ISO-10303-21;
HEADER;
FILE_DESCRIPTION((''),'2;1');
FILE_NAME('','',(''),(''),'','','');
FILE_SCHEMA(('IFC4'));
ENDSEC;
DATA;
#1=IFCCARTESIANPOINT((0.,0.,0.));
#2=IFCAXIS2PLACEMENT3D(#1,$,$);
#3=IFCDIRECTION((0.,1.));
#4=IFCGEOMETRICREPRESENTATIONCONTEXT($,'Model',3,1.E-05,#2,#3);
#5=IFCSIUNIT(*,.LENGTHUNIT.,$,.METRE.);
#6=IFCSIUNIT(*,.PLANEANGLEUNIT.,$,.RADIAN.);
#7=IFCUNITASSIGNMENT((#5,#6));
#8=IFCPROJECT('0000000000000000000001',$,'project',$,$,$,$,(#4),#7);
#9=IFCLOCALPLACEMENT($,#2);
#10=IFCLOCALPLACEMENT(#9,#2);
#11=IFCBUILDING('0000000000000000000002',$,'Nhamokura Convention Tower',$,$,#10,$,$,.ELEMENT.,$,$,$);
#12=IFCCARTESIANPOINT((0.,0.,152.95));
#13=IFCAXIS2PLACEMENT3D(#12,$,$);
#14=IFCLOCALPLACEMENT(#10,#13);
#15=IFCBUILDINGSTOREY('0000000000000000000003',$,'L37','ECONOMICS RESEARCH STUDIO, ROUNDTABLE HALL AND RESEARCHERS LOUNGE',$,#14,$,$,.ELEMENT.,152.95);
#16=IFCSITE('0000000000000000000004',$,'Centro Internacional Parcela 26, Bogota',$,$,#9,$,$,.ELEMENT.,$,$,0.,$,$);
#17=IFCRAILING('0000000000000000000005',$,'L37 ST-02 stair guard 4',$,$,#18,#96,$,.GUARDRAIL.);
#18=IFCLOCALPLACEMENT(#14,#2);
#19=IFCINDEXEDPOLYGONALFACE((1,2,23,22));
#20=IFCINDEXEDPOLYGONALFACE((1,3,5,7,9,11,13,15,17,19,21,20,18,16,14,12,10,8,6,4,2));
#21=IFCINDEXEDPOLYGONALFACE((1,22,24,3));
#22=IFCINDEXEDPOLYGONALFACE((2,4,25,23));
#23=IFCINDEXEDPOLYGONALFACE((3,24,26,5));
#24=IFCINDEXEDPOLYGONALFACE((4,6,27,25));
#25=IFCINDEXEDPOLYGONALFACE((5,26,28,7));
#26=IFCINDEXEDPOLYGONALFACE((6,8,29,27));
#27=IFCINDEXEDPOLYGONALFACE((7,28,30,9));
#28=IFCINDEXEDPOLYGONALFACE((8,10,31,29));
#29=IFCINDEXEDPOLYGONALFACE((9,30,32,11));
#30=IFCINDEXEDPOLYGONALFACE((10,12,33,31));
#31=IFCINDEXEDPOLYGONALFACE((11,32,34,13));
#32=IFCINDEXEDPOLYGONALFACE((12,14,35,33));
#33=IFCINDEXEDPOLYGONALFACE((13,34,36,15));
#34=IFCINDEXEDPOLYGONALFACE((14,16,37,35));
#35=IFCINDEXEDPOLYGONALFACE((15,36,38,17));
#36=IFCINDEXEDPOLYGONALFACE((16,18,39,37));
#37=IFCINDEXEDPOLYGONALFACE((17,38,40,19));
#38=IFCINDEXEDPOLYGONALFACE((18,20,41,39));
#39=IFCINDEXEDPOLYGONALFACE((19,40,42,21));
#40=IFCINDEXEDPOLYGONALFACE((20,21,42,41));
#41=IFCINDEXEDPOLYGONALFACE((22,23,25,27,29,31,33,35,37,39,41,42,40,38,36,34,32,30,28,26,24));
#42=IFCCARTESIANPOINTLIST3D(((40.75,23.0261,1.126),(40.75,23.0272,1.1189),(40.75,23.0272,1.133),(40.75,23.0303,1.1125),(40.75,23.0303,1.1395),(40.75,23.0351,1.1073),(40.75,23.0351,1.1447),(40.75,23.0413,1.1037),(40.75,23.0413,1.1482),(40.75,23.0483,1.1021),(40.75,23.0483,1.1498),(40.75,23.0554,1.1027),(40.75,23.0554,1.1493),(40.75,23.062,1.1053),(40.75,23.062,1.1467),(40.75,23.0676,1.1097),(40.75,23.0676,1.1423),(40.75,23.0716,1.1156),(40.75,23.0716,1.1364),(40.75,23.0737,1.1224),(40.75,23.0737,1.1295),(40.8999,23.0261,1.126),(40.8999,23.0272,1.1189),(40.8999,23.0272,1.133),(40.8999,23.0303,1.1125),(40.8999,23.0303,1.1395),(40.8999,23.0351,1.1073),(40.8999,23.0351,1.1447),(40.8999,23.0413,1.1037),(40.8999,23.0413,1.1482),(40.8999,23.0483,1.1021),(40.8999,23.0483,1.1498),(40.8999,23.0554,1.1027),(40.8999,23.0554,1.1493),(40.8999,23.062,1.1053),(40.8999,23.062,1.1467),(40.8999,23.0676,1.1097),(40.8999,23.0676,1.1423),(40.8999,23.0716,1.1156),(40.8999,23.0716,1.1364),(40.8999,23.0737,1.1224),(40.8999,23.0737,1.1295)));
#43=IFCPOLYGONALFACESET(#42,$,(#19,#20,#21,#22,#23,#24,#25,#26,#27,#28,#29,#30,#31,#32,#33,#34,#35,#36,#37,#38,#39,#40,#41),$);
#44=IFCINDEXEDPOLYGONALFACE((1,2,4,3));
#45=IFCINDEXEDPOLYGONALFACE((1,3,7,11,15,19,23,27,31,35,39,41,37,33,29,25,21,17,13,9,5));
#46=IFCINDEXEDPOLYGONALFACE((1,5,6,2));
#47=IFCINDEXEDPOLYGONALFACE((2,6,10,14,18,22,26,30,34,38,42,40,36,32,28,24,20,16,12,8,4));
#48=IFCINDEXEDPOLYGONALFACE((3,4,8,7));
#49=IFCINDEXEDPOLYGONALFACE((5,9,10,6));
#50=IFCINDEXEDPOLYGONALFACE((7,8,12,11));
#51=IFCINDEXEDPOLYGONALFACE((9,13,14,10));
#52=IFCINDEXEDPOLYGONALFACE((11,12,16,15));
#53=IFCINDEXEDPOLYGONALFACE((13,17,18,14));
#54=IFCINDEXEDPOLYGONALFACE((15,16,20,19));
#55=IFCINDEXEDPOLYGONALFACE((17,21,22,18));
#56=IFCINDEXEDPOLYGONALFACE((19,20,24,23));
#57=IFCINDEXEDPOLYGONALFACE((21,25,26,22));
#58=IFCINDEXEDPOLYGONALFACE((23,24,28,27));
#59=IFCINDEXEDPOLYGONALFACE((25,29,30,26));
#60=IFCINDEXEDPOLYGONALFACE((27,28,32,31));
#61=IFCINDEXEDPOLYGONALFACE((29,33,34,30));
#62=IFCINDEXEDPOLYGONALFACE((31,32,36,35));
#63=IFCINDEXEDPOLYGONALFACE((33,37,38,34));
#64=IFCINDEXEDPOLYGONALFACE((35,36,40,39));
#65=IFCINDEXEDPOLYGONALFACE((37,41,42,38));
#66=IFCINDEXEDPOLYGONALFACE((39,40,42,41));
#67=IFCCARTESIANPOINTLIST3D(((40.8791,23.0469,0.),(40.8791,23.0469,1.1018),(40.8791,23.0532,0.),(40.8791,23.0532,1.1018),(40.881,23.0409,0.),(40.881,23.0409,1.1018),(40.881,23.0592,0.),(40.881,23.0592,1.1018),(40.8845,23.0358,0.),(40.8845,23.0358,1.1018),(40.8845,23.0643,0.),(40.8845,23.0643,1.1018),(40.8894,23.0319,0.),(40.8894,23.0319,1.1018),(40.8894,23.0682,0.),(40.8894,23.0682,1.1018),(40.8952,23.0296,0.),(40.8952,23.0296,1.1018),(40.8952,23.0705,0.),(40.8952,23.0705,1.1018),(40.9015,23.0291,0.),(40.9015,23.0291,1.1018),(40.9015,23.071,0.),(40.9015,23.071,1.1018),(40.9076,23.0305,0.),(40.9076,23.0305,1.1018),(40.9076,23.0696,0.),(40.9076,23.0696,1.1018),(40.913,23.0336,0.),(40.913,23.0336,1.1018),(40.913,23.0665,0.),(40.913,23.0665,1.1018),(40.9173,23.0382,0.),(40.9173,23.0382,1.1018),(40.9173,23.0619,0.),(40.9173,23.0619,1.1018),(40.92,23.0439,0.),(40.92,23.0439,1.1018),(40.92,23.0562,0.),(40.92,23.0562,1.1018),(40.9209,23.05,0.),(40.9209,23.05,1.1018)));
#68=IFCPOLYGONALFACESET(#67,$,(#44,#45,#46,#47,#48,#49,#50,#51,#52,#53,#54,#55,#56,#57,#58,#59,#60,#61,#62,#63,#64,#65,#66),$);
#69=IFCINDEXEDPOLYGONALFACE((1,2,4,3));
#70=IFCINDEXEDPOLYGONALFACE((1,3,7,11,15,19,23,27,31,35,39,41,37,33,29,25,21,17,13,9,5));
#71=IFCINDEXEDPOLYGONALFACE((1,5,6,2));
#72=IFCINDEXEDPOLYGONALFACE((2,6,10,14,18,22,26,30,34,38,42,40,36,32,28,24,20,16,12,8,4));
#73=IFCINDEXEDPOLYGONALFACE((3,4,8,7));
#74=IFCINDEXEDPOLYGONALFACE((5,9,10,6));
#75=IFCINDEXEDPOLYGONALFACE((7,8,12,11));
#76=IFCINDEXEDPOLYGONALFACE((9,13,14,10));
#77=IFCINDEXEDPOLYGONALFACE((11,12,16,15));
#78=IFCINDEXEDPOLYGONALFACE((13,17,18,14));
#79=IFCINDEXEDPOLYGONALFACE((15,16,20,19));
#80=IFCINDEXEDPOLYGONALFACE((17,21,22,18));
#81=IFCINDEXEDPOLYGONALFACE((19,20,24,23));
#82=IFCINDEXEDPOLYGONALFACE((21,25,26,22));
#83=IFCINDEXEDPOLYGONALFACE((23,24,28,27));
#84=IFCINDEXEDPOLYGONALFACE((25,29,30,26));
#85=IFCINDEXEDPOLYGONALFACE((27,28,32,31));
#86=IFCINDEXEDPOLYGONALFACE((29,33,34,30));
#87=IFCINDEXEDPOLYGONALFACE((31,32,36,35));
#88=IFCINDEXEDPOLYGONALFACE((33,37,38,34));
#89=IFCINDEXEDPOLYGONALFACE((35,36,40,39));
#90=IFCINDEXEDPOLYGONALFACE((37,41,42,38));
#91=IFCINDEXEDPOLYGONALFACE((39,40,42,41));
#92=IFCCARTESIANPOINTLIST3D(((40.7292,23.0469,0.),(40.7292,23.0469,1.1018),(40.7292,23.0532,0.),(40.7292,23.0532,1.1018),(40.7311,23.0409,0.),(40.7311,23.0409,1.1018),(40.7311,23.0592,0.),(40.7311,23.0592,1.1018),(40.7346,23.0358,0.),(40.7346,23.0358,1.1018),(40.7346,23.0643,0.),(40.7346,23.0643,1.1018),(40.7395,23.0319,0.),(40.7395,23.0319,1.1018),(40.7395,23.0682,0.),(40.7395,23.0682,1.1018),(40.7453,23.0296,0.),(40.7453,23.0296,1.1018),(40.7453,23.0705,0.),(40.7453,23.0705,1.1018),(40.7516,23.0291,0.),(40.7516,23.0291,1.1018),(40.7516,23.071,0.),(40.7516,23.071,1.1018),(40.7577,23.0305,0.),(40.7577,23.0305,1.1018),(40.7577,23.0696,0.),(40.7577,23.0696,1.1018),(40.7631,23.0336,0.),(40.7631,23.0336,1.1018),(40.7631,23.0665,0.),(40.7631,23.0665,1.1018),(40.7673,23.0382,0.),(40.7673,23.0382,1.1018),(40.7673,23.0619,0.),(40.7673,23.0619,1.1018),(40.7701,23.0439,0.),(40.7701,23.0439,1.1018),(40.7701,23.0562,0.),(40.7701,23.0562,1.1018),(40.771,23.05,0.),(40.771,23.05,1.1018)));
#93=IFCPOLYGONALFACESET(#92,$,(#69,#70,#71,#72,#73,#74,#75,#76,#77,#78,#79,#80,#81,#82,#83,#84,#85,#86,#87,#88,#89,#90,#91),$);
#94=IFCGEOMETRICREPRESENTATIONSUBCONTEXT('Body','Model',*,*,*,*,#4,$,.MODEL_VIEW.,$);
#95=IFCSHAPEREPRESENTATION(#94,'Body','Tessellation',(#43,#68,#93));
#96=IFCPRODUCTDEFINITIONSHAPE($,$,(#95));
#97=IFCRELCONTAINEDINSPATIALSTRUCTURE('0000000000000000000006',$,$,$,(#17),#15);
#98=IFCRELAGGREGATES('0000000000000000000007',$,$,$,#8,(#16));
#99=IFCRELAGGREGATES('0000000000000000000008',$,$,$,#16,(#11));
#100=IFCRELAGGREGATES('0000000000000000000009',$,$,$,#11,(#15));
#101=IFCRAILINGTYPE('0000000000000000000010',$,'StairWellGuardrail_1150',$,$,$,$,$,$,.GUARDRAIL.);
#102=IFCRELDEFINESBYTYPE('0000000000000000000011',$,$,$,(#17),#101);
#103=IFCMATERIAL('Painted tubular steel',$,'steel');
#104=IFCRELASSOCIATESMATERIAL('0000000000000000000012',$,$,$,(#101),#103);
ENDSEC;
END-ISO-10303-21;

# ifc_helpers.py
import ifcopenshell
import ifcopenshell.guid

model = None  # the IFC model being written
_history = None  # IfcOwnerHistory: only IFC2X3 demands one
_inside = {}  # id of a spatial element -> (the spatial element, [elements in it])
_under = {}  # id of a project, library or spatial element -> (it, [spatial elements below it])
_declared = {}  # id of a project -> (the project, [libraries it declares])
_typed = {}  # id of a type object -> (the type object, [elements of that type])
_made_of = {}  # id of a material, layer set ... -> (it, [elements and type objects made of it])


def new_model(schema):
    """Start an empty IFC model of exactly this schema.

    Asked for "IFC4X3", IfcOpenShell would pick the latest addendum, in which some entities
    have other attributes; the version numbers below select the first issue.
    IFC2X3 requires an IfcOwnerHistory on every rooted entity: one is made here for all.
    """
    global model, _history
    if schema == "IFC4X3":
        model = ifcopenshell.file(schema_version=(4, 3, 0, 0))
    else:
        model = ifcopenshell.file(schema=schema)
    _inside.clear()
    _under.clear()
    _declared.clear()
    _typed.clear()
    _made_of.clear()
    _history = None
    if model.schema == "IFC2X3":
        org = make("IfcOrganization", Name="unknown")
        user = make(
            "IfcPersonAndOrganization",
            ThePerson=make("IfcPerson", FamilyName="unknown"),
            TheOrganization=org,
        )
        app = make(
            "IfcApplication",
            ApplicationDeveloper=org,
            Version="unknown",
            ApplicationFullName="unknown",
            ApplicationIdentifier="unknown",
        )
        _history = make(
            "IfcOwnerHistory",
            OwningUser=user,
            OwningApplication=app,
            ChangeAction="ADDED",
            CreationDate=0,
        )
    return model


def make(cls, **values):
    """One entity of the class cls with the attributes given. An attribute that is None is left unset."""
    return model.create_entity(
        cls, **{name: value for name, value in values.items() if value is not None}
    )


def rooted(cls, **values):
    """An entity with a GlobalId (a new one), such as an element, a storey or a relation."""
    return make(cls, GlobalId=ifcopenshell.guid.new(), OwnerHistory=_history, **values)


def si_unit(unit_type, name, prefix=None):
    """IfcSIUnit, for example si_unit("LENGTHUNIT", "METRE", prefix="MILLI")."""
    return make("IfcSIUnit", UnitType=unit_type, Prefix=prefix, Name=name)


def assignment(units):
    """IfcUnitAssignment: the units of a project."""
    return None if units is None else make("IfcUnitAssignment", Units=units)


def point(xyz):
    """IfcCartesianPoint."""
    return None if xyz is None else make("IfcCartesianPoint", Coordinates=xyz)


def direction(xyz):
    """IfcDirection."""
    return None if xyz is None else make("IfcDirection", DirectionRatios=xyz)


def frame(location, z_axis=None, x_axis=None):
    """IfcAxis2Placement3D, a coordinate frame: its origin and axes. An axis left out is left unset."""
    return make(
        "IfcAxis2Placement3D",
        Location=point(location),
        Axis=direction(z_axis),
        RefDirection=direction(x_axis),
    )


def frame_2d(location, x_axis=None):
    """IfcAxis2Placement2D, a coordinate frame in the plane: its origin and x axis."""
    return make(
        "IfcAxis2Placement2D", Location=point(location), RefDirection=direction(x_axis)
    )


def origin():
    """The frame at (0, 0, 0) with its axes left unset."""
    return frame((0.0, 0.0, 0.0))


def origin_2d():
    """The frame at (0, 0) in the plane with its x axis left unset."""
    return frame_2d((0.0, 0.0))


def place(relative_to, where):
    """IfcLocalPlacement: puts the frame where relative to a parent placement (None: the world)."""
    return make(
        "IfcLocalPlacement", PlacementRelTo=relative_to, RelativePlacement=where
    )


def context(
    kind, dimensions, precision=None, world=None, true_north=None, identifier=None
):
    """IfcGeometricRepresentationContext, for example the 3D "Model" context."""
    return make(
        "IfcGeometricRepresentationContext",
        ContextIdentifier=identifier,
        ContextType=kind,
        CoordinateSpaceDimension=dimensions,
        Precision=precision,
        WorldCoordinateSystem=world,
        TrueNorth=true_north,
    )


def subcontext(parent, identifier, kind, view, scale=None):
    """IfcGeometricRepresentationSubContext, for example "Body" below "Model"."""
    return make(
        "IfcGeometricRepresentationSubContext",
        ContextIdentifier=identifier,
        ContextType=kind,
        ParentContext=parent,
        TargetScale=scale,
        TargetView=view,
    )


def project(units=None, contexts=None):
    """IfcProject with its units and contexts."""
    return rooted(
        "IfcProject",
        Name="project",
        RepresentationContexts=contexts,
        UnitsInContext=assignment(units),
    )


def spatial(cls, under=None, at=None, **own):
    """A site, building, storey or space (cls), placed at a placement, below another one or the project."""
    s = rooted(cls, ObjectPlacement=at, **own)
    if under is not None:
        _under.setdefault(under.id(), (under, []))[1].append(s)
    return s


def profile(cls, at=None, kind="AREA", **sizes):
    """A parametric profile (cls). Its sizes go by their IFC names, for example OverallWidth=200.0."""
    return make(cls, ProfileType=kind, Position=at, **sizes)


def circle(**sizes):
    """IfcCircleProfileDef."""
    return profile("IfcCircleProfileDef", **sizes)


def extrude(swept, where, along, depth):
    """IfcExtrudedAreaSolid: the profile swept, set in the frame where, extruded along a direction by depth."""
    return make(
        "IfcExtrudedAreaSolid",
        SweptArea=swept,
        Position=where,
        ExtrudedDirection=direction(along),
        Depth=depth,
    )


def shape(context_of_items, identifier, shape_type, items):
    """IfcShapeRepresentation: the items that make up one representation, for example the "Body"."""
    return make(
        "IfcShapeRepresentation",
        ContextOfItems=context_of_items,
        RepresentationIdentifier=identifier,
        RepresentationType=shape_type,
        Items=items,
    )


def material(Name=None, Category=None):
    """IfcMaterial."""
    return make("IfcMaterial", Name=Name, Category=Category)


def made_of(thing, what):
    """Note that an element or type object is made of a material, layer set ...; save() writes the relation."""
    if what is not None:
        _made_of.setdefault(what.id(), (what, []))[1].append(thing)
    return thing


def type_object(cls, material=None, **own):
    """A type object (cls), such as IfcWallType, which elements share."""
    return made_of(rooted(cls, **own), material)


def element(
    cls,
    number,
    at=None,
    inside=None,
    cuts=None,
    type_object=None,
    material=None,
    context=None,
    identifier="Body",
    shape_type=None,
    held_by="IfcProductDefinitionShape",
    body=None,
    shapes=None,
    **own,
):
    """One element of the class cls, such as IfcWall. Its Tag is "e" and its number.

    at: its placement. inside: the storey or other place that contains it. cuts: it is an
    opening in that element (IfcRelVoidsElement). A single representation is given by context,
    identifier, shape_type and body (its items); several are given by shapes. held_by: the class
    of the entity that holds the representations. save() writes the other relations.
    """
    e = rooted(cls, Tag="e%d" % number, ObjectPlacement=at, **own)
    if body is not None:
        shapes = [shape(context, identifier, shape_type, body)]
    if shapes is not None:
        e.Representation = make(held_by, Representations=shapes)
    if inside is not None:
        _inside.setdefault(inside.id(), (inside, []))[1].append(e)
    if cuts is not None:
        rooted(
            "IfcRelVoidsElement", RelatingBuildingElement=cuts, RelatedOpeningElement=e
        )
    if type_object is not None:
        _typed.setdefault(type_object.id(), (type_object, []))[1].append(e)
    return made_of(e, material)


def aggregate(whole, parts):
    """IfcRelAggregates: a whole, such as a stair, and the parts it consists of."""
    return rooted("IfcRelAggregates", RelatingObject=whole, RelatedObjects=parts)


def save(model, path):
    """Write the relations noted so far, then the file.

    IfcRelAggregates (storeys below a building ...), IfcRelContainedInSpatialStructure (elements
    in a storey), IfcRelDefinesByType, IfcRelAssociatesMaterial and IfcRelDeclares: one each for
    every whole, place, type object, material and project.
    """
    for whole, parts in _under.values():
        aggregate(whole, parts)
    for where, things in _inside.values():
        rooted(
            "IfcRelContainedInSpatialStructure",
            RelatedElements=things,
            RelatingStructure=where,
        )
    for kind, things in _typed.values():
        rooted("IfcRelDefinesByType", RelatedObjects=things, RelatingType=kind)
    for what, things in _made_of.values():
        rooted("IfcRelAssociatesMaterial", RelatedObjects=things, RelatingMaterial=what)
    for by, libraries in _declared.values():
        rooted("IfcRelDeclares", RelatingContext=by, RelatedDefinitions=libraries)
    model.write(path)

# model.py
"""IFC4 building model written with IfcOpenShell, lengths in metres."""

from ifc_helpers import new_model, si_unit, direction, frame, origin, origin_2d, place, context, subcontext, project, spatial, circle, extrude, material, type_object, element, save


model = new_model("IFC4")

# Units and contexts
model_context = context("Model", 3, precision=1e-05, world=origin(), true_north=direction((0.0, 1.0)))
body_context = subcontext(model_context, "Body", "Model", "MODEL_VIEW")
ifc_project = project(units=[si_unit("LENGTHUNIT", "METRE"), si_unit("PLANEANGLEUNIT", "RADIAN")], contexts=[model_context])

# Site, building, storey
site_placement = place(None, origin())
site = spatial("IfcSite", under=ifc_project, at=site_placement, Name="Centro Internacional Parcela 26, Bogota", CompositionType="ELEMENT", RefElevation=0.0)
building_placement = place(site_placement, origin())
building = spatial("IfcBuilding", under=site, at=building_placement, Name="Nhamokura Convention Tower", CompositionType="ELEMENT")
storey_placement = place(building_placement, frame((0.0, 0.0, 152.95)))
storey = spatial("IfcBuildingStorey", under=building, at=storey_placement, Name="L37", Description="ECONOMICS RESEARCH STUDIO, ROUNDTABLE HALL AND RESEARCHERS LOUNGE", CompositionType="ELEMENT", Elevation=152.95)

# Railing
ifc_material_1 = material(Name="Painted tubular steel", Category="steel")
railing_type_1 = type_object("IfcRailingType", Name="StairWellGuardrail_1150", PredefinedType="GUARDRAIL", material=ifc_material_1)
railing_1_placement = place(storey_placement, frame((40.8999, 23.05, 0.0)))
element("IfcRailing", 1, at=railing_1_placement, inside=storey, type_object=railing_type_1, Name="L37 ST-02 stair guard 4", PredefinedType="GUARDRAIL", context=body_context, shape_type="SweptSolid", body=[
    extrude(circle(Radius=0.0239, at=origin_2d()), frame((0.0, 0.0, 1.126), z_axis=(-1.0, 0.0, 0.0), x_axis=(0.0, -1.0, 0.0)), (0.0, 0.0, 1.0), 0.1499),
    extrude(circle(Radius=0.021, at=origin_2d()), origin(), (0.0, 0.0, 1.0), 1.1018),
    extrude(circle(Radius=0.021, at=origin_2d()), frame((-0.1499, 0.0, 0.0)), (0.0, 0.0, 1.0), 1.1018),
])

save(model, "model.ifc")
